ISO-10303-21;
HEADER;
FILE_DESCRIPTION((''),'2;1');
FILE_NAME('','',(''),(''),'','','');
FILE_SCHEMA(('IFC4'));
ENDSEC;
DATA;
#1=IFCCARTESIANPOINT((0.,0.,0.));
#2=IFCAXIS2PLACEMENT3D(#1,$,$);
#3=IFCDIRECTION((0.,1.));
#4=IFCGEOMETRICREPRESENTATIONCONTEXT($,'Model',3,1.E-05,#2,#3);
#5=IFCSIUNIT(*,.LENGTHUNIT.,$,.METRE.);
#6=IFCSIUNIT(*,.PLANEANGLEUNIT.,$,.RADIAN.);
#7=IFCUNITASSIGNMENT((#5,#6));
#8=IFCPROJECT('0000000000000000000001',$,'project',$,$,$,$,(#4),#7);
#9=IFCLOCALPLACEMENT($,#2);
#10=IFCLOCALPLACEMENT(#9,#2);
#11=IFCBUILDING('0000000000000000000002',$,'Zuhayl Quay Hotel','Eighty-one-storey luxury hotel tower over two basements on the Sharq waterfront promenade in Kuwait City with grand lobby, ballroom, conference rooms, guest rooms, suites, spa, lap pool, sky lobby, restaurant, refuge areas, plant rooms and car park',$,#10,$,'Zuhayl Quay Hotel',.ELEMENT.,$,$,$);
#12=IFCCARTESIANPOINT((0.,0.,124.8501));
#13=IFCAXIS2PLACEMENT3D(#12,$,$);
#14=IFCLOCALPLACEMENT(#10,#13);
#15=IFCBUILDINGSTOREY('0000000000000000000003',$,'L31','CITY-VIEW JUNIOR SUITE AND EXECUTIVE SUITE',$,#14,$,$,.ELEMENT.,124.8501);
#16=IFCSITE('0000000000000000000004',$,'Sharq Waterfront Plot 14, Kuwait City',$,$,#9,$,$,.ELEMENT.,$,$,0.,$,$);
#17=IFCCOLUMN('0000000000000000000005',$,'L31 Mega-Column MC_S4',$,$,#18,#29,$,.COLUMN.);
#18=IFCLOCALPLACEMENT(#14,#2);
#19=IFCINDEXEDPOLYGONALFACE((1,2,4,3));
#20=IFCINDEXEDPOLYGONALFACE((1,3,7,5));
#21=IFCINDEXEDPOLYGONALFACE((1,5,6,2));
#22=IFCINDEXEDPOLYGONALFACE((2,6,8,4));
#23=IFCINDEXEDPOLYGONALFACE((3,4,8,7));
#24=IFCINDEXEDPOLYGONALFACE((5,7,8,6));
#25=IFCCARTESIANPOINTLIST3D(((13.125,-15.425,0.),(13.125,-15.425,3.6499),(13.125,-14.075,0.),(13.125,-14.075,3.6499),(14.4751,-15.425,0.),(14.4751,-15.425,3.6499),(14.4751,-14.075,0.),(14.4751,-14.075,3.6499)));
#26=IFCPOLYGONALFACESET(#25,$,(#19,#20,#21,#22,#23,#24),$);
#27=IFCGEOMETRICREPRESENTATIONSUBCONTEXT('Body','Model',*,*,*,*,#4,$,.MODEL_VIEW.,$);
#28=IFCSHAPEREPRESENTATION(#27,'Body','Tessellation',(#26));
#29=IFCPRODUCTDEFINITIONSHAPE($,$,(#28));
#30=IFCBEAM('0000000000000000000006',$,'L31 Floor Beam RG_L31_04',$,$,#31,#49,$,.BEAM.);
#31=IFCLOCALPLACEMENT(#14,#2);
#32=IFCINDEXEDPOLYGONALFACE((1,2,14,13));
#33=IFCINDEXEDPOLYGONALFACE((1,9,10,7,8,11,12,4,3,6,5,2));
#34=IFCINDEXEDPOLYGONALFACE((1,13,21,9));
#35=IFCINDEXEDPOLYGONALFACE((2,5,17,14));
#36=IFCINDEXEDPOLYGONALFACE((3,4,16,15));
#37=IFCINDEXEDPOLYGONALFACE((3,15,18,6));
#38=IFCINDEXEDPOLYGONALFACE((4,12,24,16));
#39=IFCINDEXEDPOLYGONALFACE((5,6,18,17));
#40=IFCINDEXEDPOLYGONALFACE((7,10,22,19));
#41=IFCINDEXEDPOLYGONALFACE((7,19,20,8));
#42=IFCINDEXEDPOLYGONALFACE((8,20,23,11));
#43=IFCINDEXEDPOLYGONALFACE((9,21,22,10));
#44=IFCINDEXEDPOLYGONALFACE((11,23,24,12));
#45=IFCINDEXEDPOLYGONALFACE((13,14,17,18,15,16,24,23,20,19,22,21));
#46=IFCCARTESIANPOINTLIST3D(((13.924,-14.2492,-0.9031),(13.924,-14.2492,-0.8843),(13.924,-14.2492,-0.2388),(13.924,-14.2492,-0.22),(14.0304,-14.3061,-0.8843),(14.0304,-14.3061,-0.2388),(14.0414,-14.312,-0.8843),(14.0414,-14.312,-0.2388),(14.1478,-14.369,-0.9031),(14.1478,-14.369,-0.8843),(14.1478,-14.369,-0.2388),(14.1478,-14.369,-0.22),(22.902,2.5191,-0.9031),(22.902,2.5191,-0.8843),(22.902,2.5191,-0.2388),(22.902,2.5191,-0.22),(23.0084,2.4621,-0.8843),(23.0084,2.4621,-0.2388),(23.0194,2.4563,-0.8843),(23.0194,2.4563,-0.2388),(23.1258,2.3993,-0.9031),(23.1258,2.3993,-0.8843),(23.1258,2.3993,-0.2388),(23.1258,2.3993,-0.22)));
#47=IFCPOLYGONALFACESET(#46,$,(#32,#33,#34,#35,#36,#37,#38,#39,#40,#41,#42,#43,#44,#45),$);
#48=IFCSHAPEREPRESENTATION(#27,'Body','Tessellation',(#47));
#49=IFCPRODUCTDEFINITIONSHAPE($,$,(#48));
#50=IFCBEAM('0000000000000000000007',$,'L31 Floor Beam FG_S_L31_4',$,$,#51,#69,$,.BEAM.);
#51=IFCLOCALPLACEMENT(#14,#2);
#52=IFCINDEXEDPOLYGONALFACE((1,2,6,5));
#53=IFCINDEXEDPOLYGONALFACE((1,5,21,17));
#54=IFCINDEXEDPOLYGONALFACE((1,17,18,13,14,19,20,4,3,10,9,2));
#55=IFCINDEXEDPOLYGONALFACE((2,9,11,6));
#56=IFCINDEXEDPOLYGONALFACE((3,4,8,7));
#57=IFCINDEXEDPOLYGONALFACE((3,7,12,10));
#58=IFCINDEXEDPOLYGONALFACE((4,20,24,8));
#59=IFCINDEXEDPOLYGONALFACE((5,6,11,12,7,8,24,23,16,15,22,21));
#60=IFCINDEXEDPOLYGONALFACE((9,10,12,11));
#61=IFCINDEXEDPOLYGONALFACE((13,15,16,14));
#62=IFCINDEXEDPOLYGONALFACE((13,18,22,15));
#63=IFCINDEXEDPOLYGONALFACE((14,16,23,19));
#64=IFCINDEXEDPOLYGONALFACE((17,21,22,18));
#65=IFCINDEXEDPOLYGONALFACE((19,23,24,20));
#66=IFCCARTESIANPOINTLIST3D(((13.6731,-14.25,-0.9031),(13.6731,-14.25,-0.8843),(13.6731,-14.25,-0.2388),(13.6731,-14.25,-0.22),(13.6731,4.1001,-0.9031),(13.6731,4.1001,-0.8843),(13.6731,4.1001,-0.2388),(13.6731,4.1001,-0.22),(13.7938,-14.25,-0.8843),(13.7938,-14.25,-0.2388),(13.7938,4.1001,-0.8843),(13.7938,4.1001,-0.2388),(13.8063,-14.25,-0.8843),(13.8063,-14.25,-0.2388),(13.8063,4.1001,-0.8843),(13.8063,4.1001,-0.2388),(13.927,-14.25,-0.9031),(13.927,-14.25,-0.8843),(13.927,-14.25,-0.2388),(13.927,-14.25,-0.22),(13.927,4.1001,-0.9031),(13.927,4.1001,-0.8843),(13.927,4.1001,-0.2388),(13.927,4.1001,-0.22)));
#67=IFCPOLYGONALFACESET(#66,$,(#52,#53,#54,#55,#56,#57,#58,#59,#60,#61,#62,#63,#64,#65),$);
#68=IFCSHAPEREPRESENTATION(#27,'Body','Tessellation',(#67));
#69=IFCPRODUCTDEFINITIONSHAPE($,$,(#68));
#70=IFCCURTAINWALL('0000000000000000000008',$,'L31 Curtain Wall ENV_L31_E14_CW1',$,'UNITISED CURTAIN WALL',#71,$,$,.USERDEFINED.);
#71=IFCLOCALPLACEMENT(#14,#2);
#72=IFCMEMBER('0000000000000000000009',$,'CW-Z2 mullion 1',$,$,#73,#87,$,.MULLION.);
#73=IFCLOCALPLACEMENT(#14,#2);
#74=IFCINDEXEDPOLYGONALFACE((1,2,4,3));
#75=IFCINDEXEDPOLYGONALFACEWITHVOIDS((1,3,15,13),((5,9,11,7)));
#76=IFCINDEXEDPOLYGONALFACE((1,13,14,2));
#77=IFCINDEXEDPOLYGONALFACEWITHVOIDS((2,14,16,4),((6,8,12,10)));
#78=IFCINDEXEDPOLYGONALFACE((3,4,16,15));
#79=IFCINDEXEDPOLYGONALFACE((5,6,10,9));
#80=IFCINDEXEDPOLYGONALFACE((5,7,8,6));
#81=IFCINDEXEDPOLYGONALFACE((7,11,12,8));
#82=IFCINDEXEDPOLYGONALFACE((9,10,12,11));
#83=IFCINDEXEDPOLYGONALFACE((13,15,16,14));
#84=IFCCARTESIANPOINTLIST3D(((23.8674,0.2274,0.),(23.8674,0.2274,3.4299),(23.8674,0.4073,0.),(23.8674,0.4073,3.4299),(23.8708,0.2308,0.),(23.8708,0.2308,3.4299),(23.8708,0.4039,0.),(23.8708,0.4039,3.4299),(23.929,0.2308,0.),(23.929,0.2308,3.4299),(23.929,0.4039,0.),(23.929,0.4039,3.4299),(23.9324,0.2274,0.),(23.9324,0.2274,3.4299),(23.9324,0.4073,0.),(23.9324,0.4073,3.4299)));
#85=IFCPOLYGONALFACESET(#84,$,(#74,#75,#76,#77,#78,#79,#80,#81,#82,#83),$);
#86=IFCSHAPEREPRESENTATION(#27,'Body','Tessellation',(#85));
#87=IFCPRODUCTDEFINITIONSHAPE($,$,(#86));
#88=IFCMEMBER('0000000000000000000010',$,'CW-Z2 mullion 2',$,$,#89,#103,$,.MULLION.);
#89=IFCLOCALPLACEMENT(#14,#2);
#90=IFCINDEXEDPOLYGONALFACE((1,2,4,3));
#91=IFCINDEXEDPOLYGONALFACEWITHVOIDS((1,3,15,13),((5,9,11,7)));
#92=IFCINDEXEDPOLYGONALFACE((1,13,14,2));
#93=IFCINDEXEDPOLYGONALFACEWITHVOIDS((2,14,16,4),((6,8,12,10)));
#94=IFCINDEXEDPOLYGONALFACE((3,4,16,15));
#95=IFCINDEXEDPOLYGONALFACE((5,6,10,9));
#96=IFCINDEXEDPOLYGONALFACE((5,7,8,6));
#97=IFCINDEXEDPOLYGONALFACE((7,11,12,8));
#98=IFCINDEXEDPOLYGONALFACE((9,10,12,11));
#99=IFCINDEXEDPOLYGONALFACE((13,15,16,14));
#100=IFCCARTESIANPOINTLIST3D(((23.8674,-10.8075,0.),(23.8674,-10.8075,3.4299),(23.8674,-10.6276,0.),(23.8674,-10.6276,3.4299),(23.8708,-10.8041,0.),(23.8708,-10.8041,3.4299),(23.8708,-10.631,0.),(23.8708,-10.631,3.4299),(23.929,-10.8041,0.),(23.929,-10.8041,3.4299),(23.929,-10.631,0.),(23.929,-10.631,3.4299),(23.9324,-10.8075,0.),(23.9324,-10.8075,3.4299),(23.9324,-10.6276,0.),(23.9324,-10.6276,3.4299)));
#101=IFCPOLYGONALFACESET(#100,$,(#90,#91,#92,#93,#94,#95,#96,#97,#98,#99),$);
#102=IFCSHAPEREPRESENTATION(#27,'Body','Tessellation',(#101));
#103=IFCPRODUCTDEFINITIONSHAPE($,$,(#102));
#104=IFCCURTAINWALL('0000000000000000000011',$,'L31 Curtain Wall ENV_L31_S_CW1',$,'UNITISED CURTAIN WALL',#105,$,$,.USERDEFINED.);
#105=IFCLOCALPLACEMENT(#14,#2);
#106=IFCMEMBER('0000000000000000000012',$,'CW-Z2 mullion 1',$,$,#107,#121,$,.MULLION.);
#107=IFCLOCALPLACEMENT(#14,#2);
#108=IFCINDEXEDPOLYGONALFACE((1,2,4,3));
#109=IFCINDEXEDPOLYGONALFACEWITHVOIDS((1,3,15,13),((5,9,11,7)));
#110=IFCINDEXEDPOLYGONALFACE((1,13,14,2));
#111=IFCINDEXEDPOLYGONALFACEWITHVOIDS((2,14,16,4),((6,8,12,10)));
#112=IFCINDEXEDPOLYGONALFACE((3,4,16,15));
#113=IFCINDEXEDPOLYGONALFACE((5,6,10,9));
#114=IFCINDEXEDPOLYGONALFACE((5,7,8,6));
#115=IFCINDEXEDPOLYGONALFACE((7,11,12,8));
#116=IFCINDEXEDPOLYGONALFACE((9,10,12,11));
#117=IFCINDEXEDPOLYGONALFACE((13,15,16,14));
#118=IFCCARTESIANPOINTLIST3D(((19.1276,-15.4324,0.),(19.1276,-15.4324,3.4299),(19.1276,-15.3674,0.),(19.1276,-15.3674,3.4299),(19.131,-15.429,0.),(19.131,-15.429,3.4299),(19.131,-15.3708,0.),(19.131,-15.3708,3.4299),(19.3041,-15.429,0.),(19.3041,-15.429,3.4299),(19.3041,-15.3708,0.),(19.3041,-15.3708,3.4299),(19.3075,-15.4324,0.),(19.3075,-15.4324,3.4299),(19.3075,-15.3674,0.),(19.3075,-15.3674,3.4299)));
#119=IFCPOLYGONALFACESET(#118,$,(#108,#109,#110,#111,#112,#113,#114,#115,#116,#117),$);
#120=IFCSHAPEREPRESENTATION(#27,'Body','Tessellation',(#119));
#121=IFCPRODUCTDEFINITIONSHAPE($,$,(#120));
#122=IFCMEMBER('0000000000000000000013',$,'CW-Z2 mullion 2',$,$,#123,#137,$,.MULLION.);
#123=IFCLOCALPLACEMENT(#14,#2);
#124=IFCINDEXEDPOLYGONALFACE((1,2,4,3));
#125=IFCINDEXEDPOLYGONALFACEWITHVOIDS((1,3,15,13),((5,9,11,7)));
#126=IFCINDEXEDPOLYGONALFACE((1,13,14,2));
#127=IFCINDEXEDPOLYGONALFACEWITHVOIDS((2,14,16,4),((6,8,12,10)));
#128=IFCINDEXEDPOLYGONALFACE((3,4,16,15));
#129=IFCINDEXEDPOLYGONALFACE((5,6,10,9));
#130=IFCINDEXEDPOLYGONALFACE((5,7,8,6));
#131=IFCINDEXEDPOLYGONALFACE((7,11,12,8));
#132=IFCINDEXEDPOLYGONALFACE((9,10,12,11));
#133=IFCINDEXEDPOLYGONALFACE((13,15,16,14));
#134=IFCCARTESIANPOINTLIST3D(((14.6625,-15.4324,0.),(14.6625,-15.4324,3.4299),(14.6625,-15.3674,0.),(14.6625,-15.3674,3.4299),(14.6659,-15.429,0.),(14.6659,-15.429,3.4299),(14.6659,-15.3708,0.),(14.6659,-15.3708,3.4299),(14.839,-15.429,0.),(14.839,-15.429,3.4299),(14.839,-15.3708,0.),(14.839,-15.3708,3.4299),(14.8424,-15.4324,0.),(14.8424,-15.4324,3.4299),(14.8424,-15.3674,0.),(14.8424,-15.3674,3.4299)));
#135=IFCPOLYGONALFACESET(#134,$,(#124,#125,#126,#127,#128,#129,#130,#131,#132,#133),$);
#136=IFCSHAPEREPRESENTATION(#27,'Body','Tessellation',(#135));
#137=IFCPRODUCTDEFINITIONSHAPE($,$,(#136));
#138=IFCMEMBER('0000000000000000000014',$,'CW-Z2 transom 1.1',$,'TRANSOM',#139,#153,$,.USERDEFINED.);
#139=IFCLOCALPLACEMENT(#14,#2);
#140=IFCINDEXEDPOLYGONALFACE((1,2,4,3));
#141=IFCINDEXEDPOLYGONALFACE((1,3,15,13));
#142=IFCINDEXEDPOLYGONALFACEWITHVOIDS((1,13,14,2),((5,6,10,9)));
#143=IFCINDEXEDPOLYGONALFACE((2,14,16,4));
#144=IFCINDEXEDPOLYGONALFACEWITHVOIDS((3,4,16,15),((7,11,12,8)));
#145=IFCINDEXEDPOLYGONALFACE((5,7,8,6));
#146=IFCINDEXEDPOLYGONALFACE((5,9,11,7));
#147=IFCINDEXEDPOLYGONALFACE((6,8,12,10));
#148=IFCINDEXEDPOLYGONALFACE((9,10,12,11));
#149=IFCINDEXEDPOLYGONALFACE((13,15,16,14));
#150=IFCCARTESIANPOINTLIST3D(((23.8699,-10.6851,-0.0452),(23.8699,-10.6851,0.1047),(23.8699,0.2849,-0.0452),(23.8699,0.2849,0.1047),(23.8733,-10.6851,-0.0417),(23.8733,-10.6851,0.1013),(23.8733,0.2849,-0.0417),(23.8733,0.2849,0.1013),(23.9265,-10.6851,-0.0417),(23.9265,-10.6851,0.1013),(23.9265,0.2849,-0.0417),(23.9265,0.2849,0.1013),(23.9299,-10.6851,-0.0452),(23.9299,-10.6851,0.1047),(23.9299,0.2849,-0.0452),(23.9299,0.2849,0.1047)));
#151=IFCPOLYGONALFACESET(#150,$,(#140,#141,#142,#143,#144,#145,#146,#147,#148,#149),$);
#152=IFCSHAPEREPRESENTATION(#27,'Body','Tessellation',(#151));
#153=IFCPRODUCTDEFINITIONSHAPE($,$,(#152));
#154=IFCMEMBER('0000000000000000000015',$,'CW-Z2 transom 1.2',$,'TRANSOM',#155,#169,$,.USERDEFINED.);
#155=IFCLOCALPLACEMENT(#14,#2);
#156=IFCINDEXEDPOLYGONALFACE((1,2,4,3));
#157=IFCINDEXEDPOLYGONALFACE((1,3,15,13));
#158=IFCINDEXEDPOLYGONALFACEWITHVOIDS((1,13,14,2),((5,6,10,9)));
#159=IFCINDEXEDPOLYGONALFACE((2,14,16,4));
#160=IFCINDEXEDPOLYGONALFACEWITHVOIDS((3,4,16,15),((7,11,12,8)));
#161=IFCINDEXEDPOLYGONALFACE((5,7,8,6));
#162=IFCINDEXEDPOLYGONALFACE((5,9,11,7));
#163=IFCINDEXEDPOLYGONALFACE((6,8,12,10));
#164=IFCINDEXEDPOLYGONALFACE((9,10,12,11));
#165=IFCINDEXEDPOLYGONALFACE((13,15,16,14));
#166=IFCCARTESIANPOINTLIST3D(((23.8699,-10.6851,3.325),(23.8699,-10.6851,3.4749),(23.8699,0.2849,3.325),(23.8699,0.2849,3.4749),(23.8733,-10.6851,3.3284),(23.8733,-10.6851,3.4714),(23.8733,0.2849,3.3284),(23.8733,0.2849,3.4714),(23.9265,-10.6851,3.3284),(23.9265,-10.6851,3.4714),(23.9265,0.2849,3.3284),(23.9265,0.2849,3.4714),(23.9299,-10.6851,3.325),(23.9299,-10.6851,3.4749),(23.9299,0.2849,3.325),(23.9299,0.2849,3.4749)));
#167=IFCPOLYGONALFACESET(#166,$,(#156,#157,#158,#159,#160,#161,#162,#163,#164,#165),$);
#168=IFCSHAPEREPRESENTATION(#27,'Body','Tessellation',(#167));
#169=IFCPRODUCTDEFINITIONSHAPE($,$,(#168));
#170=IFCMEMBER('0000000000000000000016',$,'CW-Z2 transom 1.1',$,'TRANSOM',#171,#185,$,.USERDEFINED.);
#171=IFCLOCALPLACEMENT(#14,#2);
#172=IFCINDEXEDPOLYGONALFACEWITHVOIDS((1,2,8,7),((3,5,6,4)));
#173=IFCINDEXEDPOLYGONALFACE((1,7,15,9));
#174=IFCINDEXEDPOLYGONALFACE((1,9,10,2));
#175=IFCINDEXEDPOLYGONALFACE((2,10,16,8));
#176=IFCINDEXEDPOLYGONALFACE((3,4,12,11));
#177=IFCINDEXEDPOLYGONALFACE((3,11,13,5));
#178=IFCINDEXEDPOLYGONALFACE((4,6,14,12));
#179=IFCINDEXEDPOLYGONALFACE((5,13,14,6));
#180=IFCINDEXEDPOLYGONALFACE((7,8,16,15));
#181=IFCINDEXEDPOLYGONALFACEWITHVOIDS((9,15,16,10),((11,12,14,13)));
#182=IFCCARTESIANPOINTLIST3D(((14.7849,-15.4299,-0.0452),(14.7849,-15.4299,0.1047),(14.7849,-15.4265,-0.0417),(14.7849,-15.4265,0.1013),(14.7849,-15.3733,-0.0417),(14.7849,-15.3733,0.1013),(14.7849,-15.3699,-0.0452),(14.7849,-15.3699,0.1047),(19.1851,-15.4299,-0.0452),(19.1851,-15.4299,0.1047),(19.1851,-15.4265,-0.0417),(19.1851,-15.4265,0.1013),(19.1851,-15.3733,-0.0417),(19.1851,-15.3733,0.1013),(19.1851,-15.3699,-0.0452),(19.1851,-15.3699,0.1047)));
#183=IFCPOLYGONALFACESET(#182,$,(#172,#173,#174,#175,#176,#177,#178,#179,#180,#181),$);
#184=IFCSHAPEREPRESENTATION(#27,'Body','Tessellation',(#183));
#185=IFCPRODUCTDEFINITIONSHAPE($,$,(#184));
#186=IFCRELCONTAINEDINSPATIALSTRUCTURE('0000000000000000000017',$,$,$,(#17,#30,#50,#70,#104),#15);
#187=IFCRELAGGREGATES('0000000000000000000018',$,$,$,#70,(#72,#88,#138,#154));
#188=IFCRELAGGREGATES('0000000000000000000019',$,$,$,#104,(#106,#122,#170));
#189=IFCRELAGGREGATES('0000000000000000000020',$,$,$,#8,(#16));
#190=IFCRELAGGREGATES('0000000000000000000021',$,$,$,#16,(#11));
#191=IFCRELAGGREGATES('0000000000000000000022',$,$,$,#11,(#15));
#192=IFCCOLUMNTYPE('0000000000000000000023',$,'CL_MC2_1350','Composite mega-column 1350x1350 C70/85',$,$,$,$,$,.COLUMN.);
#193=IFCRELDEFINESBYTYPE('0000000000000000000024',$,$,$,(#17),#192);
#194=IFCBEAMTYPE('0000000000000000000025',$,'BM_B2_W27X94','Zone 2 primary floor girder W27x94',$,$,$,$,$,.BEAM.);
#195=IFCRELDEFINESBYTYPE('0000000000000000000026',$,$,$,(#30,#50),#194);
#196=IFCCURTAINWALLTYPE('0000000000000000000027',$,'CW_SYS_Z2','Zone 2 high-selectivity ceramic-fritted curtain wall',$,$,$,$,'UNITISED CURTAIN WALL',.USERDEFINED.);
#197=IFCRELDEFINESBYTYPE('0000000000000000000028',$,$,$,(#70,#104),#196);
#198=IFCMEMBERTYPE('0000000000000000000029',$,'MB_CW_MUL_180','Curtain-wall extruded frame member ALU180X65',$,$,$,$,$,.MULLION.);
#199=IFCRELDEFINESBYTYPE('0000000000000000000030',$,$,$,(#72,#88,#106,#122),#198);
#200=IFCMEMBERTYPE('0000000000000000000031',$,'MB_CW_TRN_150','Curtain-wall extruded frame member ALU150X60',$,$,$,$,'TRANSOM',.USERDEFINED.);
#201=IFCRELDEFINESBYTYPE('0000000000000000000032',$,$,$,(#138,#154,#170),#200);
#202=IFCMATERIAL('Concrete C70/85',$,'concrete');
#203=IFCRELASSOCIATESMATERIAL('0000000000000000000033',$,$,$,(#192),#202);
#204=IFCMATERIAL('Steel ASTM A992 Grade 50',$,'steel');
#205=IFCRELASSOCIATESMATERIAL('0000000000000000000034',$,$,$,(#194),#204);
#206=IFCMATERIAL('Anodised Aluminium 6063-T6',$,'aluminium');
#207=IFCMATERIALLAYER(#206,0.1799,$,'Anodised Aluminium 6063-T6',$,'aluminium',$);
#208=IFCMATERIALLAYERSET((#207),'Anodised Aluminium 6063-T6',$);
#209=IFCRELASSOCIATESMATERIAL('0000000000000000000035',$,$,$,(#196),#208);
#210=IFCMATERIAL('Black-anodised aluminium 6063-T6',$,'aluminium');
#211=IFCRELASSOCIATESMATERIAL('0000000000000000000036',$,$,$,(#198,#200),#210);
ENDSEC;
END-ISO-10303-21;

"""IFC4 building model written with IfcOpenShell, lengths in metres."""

from ifc_helpers import new_model, si_unit, direction, frame, origin, origin_2d, place, context, subcontext, project, spatial, rectangle, hollow_rectangle, i_section, extrude, material, layer, layer_set, material_profile, profile_set, type_object, element, aggregate, save


model = new_model("IFC4")

# Units and contexts
model_context = context("Model", 3, precision=1e-05, world=origin(), true_north=direction((0.0, 1.0)))
body_context = subcontext(model_context, "Body", "Model", "MODEL_VIEW")
ifc_project = project(units=[si_unit("LENGTHUNIT", "METRE"), si_unit("PLANEANGLEUNIT", "RADIAN")], contexts=[model_context])

# Site, building, storey
site_placement = place(None, origin())
site = spatial("IfcSite", under=ifc_project, at=site_placement, Name="Sharq Waterfront Plot 14, Kuwait City", CompositionType="ELEMENT", RefElevation=0.0)
building_placement = place(site_placement, origin())
building = spatial("IfcBuilding", under=site, at=building_placement, Name="Zuhayl Quay Hotel", Description="Eighty-one-storey luxury hotel tower over two basements on the Sharq waterfront promenade in Kuwait City with grand lobby, ballroom, conference rooms, guest rooms, suites, spa, lap pool, sky lobby, restaurant, refuge areas, plant rooms and car park", LongName="Zuhayl Quay Hotel", CompositionType="ELEMENT")
storey_placement = place(building_placement, frame((0.0, 0.0, 124.8501)))
storey = spatial("IfcBuildingStorey", under=building, at=storey_placement, Name="L31", Description="CITY-VIEW JUNIOR SUITE AND EXECUTIVE SUITE", CompositionType="ELEMENT", Elevation=124.8501)

# Column
ifc_material_1 = material(Name="Concrete C70/85", Category="concrete")
ifc_material_profile_1 = material_profile(ifc_material_1, rectangle(XDim=1.3501, YDim=1.3501, at=origin_2d()), Name="RC1350X1350")
ifc_profile_set_1 = profile_set([ifc_material_profile_1], Name="Concrete C70/85")
column_type = type_object("IfcColumnType", Name="CL_MC2_1350", Description="Composite mega-column 1350x1350 C70/85", PredefinedType="COLUMN", material=ifc_profile_set_1)
column_placement = place(storey_placement, frame((13.8, -14.75, 0.0), z_axis=(0.0, 0.0, 1.0), x_axis=(1.0, 0.0, 0.0)))
element("IfcColumn", 1, at=column_placement, inside=storey, type_object=column_type, Name="L31 Mega-Column MC_S4", PredefinedType="COLUMN", context=body_context, shape_type="SweptSolid", body=[
    extrude(rectangle(XDim=1.3501, YDim=1.3501, at=origin_2d()), origin(), (0.0, 0.0, 1.0), 3.6499),
])

# Beams
ifc_material_2 = material(Name="Steel ASTM A992 Grade 50", Category="steel")
ifc_material_profile_2 = material_profile(ifc_material_2, i_section(OverallWidth=0.2539, OverallDepth=0.6831, WebThickness=0.0125, FlangeThickness=0.0188, at=origin_2d()), Name="W27X94")
ifc_profile_set_2 = profile_set([ifc_material_profile_2], Name="Steel ASTM A992 Grade 50")
beam_type = type_object("IfcBeamType", Name="BM_B2_W27X94", Description="Zone 2 primary floor girder W27x94", PredefinedType="BEAM", material=ifc_profile_set_2)
beam_1_placement = place(storey_placement, frame((14.0359, -14.3091, -0.5615), z_axis=(0.472017, 0.881589, 0.0), x_axis=(-0.881589, 0.472017, 0.0)))
element("IfcBeam", 2, at=beam_1_placement, inside=storey, type_object=beam_type, Name="L31 Floor Beam RG_L31_04", PredefinedType="BEAM", context=body_context, shape_type="SweptSolid", body=[
    extrude(i_section(OverallWidth=0.2539, OverallDepth=0.6831, WebThickness=0.0125, FlangeThickness=0.0188, at=origin_2d()), origin(), (0.0, 0.0, 1.0), 19.0205),
])
beam_2_placement = place(storey_placement, frame((13.8, -14.25, -0.5615), z_axis=(0.0, 1.0, 0.0), x_axis=(-1.0, 0.0, 0.0)))
element("IfcBeam", 3, at=beam_2_placement, inside=storey, type_object=beam_type, Name="L31 Floor Beam FG_S_L31_4", PredefinedType="BEAM", context=body_context, shape_type="SweptSolid", body=[
    extrude(i_section(OverallWidth=0.2539, OverallDepth=0.6831, WebThickness=0.0125, FlangeThickness=0.0188, at=origin_2d()), origin(), (0.0, 0.0, 1.0), 18.3501),
])

# Curtain walls, members
ifc_material_3 = material(Name="Anodised Aluminium 6063-T6", Category="aluminium")
ifc_layer_1 = layer(ifc_material_3, 0.1799, Name="Anodised Aluminium 6063-T6", Category="aluminium")
ifc_layer_set_1 = layer_set([ifc_layer_1], Name="Anodised Aluminium 6063-T6")
curtain_wall_type = type_object("IfcCurtainWallType", Name="CW_SYS_Z2", Description="Zone 2 high-selectivity ceramic-fritted curtain wall", ElementType="UNITISED CURTAIN WALL", PredefinedType="USERDEFINED", material=ifc_layer_set_1)
curtain_wall_1_placement = place(storey_placement, origin())
curtain_wall_1 = element("IfcCurtainWall", 4, at=curtain_wall_1_placement, inside=storey, type_object=curtain_wall_type, Name="L31 Curtain Wall ENV_L31_E14_CW1", ObjectType="UNITISED CURTAIN WALL", PredefinedType="USERDEFINED")
ifc_material_4 = material(Name="Black-anodised aluminium 6063-T6", Category="aluminium")
ifc_material_profile_3 = material_profile(ifc_material_4, hollow_rectangle(XDim=0.0649, YDim=0.1799, WallThickness=0.0034, at=origin_2d()), Name="ALU180X65")
ifc_profile_set_3 = profile_set([ifc_material_profile_3], Name="Black-anodised aluminium 6063-T6")
member_type_1 = type_object("IfcMemberType", Name="MB_CW_MUL_180", Description="Curtain-wall extruded frame member ALU180X65", PredefinedType="MULLION", material=ifc_profile_set_3)
member_1_placement = place(storey_placement, frame((23.8999, 0.3174, 0.0), z_axis=(0.0, 0.0, 1.0), x_axis=(1.0, 0.0, 0.0)))
member_1 = element("IfcMember", 5, at=member_1_placement, type_object=member_type_1, Name="CW-Z2 mullion 1", PredefinedType="MULLION", context=body_context, shape_type="SweptSolid", body=[
    extrude(hollow_rectangle(XDim=0.0649, YDim=0.1799, WallThickness=0.0034, at=origin_2d()), origin(), (0.0, 0.0, 1.0), 3.4299),
])
member_2_placement = place(storey_placement, frame((23.8999, -10.7175, 0.0), z_axis=(0.0, 0.0, 1.0), x_axis=(1.0, 0.0, 0.0)))
member_2 = element("IfcMember", 6, at=member_2_placement, type_object=member_type_1, Name="CW-Z2 mullion 2", PredefinedType="MULLION", context=body_context, shape_type="SweptSolid", body=[
    extrude(hollow_rectangle(XDim=0.0649, YDim=0.1799, WallThickness=0.0034, at=origin_2d()), origin(), (0.0, 0.0, 1.0), 3.4299),
])
curtain_wall_2_placement = place(storey_placement, origin())
curtain_wall_2 = element("IfcCurtainWall", 7, at=curtain_wall_2_placement, inside=storey, type_object=curtain_wall_type, Name="L31 Curtain Wall ENV_L31_S_CW1", ObjectType="UNITISED CURTAIN WALL", PredefinedType="USERDEFINED")
member_3_placement = place(storey_placement, frame((19.2175, -15.3999, 0.0), z_axis=(0.0, 0.0, 1.0), x_axis=(0.0, -1.0, 0.0)))
member_3 = element("IfcMember", 8, at=member_3_placement, type_object=member_type_1, Name="CW-Z2 mullion 1", PredefinedType="MULLION", context=body_context, shape_type="SweptSolid", body=[
    extrude(hollow_rectangle(XDim=0.0649, YDim=0.1799, WallThickness=0.0034, at=origin_2d()), origin(), (0.0, 0.0, 1.0), 3.4299),
])
member_4_placement = place(storey_placement, frame((14.7524, -15.3999, 0.0), z_axis=(0.0, 0.0, 1.0), x_axis=(0.0, -1.0, 0.0)))
member_4 = element("IfcMember", 9, at=member_4_placement, type_object=member_type_1, Name="CW-Z2 mullion 2", PredefinedType="MULLION", context=body_context, shape_type="SweptSolid", body=[
    extrude(hollow_rectangle(XDim=0.0649, YDim=0.1799, WallThickness=0.0034, at=origin_2d()), origin(), (0.0, 0.0, 1.0), 3.4299),
])

# Members
ifc_material_profile_4 = material_profile(ifc_material_4, hollow_rectangle(XDim=0.0601, YDim=0.1499, WallThickness=0.0034, at=origin_2d()), Name="ALU150X60")
ifc_profile_set_4 = profile_set([ifc_material_profile_4], Name="Black-anodised aluminium 6063-T6")
member_type_2 = type_object("IfcMemberType", Name="MB_CW_TRN_150", Description="Curtain-wall extruded frame member ALU150X60", ElementType="TRANSOM", PredefinedType="USERDEFINED", material=ifc_profile_set_4)
member_5_placement = place(storey_placement, frame((23.8999, 0.2849, 0.0298), z_axis=(0.0, -1.0, 0.0), x_axis=(1.0, 0.0, 0.0)))
member_5 = element("IfcMember", 10, at=member_5_placement, type_object=member_type_2, Name="CW-Z2 transom 1.1", ObjectType="TRANSOM", PredefinedType="USERDEFINED", context=body_context, shape_type="SweptSolid", body=[
    extrude(hollow_rectangle(XDim=0.0601, YDim=0.1499, WallThickness=0.0034, at=origin_2d()), origin(), (0.0, 0.0, 1.0), 10.97),
])
member_6_placement = place(storey_placement, frame((23.8999, 0.2849, 3.3999), z_axis=(0.0, -1.0, 0.0), x_axis=(1.0, 0.0, 0.0)))
member_6 = element("IfcMember", 11, at=member_6_placement, type_object=member_type_2, Name="CW-Z2 transom 1.2", ObjectType="TRANSOM", PredefinedType="USERDEFINED", context=body_context, shape_type="SweptSolid", body=[
    extrude(hollow_rectangle(XDim=0.0601, YDim=0.1499, WallThickness=0.0034, at=origin_2d()), origin(), (0.0, 0.0, 1.0), 10.97),
])
member_7_placement = place(storey_placement, frame((19.1851, -15.3999, 0.0298), z_axis=(-1.0, 0.0, 0.0), x_axis=(0.0, -1.0, 0.0)))
member_7 = element("IfcMember", 12, at=member_7_placement, type_object=member_type_2, Name="CW-Z2 transom 1.1", ObjectType="TRANSOM", PredefinedType="USERDEFINED", context=body_context, shape_type="SweptSolid", body=[
    extrude(hollow_rectangle(XDim=0.0601, YDim=0.1499, WallThickness=0.0034, at=origin_2d()), origin(), (0.0, 0.0, 1.0), 4.4001),
])

aggregate(curtain_wall_1, [member_1, member_2, member_5, member_6])
aggregate(curtain_wall_2, [member_3, member_4, member_7])

save(model, "model.ifc")
